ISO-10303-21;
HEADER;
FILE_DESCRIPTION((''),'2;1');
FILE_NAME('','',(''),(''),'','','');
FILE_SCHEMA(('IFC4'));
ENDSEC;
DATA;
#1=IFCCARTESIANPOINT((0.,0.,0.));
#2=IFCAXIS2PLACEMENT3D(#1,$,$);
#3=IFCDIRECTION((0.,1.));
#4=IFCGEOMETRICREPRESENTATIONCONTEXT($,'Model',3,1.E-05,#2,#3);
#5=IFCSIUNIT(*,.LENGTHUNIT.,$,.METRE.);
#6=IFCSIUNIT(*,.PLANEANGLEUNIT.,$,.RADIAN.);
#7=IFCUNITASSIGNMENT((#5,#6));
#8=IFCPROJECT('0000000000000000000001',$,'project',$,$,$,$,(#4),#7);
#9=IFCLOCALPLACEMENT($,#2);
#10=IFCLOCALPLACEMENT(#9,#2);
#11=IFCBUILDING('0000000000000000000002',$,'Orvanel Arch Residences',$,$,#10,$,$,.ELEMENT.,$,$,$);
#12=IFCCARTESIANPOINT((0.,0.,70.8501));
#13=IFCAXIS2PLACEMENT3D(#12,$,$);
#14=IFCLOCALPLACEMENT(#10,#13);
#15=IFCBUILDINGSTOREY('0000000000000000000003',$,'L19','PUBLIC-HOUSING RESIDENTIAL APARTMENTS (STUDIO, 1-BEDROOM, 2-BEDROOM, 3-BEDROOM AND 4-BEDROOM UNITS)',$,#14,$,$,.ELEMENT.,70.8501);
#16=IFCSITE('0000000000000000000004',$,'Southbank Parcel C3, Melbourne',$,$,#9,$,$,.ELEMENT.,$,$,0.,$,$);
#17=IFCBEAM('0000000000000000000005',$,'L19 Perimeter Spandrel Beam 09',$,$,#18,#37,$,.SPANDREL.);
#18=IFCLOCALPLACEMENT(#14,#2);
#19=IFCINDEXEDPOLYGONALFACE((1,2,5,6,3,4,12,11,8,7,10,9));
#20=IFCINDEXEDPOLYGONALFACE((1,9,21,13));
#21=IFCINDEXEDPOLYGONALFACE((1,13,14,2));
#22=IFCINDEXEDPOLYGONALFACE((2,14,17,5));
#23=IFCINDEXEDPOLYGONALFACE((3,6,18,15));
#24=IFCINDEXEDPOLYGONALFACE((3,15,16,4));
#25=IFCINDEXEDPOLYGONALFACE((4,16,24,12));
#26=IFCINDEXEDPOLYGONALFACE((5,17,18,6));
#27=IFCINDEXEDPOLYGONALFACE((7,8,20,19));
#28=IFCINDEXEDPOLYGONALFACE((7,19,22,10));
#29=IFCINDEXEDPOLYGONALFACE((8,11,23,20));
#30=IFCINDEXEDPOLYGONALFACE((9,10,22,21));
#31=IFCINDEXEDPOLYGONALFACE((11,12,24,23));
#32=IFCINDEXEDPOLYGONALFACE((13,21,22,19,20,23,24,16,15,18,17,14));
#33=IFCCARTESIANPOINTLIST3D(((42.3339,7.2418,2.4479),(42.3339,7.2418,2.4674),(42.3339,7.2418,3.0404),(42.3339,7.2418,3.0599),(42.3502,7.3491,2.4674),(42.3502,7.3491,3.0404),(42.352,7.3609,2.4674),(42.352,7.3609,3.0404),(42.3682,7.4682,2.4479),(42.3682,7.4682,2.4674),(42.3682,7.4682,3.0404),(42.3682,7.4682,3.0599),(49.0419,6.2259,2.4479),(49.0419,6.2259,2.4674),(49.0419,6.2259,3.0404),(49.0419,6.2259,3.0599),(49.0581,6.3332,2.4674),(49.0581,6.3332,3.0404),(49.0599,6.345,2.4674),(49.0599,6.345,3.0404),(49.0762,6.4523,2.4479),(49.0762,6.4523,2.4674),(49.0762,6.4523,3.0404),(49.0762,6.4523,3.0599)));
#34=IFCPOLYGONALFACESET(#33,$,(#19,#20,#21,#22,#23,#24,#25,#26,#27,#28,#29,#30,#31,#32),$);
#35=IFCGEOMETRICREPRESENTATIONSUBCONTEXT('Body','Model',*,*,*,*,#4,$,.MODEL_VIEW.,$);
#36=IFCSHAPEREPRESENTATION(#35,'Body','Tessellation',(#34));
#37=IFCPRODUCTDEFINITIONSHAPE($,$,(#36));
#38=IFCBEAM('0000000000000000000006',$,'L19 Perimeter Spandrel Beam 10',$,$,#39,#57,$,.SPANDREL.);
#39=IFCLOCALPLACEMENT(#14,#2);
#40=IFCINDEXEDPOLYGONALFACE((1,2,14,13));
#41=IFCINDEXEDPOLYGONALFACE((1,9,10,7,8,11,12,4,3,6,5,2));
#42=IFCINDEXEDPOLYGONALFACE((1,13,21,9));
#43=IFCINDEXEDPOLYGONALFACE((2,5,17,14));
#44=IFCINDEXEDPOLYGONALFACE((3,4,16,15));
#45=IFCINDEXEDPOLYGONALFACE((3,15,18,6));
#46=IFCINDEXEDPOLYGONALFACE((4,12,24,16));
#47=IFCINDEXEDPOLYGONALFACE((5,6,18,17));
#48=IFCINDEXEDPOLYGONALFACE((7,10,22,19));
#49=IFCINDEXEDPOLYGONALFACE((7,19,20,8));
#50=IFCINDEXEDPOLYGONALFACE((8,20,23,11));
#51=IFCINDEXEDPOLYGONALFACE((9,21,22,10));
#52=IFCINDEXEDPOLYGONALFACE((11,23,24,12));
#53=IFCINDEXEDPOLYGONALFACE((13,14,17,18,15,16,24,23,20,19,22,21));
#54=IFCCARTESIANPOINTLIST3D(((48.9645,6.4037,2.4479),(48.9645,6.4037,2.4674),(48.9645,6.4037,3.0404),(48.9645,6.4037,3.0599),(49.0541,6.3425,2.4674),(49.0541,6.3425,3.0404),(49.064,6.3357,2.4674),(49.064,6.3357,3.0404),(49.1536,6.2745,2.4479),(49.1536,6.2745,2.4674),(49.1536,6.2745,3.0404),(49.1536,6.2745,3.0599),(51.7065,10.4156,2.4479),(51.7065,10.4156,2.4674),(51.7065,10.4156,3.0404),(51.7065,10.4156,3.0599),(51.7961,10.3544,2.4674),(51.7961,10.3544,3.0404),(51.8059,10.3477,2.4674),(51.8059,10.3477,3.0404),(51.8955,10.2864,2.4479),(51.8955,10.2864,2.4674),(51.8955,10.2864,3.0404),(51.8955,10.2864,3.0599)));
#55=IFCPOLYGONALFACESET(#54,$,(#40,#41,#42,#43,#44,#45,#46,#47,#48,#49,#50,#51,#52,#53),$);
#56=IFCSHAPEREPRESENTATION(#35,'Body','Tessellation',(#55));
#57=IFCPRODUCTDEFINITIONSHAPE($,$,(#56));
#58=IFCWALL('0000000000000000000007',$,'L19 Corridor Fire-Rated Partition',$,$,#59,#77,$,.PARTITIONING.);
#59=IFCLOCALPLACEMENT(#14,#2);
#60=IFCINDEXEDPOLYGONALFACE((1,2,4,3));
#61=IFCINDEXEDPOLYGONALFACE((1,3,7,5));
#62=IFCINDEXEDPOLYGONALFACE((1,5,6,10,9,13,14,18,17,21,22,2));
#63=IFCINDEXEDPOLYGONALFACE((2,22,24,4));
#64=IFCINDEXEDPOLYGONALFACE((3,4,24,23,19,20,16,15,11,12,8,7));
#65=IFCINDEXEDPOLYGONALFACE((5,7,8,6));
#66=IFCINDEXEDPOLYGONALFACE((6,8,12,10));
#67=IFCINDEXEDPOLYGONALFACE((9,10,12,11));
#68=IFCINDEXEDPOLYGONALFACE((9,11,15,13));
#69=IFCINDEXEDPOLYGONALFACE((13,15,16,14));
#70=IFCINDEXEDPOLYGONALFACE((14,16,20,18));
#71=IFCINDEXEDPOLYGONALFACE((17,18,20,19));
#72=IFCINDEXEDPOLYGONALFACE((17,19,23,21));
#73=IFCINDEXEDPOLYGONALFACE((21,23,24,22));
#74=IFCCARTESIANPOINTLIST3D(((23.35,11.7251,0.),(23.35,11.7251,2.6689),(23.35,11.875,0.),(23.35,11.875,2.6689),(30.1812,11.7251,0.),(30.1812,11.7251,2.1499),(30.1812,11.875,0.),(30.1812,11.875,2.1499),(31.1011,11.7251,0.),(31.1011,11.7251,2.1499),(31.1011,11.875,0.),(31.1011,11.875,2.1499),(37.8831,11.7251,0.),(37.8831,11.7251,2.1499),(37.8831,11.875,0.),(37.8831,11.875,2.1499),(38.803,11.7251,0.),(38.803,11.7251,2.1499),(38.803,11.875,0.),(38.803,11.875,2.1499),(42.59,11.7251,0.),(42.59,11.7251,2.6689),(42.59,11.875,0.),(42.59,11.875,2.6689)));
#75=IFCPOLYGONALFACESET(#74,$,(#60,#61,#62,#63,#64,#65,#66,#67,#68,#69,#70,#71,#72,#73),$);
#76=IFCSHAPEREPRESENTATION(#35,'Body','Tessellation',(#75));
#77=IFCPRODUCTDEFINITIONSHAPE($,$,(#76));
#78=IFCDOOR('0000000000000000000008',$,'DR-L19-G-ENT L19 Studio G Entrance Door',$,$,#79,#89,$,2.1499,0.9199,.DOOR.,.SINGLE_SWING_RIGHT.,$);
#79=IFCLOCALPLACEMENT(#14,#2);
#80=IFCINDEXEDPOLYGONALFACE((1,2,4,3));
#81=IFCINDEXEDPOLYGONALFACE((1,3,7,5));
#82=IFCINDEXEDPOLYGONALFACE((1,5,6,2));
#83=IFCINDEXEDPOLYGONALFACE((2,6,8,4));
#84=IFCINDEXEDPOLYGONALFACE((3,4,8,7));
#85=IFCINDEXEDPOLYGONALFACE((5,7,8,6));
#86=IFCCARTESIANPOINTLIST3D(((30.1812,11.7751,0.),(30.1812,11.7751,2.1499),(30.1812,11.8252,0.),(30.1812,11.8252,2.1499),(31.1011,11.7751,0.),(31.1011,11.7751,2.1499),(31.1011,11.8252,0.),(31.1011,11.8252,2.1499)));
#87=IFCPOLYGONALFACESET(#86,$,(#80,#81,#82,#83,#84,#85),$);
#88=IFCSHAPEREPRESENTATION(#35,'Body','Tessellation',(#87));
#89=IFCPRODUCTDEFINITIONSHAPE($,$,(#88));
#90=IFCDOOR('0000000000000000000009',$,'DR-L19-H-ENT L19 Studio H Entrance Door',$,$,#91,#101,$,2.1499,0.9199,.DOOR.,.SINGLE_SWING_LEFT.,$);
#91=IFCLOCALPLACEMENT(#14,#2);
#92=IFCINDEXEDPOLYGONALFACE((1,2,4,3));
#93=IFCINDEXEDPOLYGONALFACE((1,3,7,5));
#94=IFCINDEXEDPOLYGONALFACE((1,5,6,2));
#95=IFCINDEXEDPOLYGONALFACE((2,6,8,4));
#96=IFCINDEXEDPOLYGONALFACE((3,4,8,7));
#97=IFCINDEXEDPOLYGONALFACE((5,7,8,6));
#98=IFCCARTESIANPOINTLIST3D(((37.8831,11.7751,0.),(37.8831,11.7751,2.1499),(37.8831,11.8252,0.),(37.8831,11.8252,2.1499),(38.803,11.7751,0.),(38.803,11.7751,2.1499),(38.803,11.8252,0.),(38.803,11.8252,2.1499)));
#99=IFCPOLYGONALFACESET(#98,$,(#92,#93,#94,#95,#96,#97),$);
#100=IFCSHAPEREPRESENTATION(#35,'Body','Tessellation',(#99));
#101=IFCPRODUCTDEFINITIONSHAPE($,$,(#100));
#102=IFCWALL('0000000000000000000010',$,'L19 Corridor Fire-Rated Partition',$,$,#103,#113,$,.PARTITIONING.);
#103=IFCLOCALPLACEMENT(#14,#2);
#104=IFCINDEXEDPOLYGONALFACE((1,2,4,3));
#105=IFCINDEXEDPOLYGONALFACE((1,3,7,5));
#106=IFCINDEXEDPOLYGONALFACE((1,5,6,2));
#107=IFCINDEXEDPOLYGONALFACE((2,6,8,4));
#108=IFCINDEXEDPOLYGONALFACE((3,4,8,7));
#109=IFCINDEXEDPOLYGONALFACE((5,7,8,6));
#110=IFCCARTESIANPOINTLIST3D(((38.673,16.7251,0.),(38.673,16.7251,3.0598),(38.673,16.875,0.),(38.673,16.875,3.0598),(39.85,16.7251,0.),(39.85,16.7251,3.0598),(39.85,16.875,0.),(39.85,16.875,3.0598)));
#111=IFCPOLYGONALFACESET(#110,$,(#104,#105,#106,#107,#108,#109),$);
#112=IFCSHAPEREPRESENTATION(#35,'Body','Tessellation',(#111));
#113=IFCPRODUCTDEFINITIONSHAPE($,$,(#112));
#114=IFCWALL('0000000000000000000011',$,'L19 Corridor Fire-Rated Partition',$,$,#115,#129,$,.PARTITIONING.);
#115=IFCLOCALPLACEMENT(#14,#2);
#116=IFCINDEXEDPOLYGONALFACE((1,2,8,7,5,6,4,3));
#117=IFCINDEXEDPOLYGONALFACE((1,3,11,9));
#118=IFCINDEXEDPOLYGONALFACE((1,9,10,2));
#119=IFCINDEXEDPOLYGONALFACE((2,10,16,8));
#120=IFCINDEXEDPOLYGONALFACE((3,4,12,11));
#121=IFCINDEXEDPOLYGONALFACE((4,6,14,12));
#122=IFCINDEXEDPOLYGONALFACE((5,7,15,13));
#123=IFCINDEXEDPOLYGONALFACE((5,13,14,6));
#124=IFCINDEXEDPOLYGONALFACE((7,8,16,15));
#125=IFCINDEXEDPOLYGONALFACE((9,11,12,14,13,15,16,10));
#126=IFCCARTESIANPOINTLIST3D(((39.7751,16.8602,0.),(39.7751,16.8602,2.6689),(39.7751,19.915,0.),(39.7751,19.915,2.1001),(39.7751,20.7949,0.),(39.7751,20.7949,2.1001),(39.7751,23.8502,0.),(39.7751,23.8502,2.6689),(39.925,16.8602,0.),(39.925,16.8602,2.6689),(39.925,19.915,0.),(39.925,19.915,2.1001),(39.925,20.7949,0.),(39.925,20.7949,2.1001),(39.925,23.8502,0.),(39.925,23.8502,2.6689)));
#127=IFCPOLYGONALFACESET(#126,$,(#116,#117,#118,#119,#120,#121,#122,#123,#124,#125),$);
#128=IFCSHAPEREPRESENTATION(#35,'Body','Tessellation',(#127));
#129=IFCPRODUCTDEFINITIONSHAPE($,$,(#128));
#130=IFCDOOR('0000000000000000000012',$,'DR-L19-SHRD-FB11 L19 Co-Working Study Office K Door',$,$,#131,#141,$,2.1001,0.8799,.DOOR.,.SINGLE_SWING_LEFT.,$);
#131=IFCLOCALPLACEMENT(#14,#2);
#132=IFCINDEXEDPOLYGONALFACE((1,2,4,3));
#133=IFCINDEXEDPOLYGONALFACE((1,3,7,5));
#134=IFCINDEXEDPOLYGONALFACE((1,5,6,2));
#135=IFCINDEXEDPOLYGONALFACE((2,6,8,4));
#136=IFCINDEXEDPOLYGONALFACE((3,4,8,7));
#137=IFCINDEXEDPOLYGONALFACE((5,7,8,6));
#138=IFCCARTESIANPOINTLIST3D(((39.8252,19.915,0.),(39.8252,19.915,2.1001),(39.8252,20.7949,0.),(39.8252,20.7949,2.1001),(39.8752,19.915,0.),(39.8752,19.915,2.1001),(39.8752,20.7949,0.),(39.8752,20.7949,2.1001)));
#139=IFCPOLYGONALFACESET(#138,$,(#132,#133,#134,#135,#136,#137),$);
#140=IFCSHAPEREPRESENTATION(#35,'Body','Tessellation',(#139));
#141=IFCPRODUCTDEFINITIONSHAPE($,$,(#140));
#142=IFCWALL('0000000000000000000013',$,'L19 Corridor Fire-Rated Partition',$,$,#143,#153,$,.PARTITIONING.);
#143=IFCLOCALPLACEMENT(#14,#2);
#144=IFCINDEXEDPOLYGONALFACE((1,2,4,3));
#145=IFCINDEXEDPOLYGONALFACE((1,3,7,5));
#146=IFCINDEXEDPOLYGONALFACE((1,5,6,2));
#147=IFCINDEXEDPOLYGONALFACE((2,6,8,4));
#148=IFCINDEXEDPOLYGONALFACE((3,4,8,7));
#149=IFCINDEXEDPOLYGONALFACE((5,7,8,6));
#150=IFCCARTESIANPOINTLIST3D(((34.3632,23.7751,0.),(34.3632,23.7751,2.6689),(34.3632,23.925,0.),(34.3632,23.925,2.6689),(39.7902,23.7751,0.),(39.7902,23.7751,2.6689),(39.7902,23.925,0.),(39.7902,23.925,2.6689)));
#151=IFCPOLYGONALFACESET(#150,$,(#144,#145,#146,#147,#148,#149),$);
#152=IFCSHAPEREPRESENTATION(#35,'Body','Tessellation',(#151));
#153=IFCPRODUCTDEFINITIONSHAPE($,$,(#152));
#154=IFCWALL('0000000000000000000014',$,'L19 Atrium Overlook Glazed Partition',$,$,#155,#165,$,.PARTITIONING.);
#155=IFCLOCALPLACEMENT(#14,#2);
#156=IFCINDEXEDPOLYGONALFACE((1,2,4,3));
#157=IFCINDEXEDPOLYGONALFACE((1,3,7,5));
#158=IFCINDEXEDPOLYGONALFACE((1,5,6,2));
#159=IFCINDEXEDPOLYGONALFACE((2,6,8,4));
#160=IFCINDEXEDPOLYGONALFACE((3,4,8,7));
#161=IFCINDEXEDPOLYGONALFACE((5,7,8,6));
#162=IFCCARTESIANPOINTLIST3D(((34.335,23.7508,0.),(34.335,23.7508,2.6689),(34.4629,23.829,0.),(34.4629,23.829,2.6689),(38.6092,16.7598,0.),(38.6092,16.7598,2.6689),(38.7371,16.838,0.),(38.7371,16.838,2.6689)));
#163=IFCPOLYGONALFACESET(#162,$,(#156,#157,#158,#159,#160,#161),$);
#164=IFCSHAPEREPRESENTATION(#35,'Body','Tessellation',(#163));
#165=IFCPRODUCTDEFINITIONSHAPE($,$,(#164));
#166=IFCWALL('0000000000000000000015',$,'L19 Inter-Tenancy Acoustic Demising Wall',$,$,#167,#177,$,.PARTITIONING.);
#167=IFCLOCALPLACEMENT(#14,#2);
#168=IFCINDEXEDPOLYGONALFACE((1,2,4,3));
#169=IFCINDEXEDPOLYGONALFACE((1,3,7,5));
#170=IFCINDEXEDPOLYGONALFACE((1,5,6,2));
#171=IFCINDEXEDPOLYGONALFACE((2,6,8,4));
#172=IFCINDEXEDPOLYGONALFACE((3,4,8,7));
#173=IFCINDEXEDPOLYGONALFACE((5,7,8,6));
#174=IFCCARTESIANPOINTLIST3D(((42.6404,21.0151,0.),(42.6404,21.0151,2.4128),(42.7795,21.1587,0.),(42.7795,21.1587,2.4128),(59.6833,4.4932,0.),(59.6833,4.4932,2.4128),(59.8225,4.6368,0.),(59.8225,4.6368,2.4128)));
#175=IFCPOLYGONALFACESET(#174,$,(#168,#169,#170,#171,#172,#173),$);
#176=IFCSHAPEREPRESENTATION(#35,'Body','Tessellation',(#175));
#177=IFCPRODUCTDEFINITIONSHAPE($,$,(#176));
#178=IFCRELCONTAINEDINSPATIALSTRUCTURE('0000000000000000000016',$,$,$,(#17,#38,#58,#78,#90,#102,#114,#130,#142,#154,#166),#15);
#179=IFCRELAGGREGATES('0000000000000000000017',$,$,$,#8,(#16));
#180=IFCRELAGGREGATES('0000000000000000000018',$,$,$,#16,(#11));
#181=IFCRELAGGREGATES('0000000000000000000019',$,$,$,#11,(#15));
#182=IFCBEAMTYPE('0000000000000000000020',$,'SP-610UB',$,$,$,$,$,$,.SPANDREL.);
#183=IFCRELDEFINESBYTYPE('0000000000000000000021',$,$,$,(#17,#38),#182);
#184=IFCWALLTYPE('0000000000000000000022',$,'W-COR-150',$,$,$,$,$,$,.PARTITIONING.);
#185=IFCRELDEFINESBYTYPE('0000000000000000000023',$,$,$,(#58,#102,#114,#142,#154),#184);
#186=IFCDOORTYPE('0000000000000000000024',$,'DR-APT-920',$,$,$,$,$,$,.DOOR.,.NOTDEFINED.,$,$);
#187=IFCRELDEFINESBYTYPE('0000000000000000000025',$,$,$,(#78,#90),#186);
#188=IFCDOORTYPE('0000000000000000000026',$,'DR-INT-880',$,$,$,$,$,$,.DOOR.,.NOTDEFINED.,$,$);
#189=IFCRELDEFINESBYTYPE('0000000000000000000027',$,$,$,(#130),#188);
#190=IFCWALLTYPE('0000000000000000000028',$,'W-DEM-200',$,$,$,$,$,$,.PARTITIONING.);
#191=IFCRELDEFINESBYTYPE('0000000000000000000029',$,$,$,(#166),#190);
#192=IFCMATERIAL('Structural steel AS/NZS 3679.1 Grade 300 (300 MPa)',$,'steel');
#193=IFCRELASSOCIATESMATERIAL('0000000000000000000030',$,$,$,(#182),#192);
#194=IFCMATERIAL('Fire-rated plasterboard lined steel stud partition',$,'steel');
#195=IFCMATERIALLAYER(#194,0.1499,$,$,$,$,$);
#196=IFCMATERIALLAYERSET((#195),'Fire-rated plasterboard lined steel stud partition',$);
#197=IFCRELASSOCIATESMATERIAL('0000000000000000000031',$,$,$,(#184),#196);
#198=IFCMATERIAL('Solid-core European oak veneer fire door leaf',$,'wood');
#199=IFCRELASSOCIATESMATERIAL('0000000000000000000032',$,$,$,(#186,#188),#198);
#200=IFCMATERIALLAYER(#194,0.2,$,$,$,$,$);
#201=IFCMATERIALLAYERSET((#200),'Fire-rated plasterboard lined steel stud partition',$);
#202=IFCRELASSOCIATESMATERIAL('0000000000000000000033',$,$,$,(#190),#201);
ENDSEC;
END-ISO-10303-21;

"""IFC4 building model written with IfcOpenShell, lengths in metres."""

from ifc_helpers import new_model, si_unit, direction, frame, frame_2d, origin, origin_2d, place, context, subcontext, project, spatial, rectangle, i_section, extrude, material, layer, layer_set, material_profile, profile_set, type_object, element, fill, save


model = new_model("IFC4")

# Units and contexts
model_context = context("Model", 3, precision=1e-05, world=origin(), true_north=direction((0.0, 1.0)))
body_context = subcontext(model_context, "Body", "Model", "MODEL_VIEW")
ifc_project = project(units=[si_unit("LENGTHUNIT", "METRE"), si_unit("PLANEANGLEUNIT", "RADIAN")], contexts=[model_context])

# Site, building, storey
site_placement = place(None, origin())
site = spatial("IfcSite", under=ifc_project, at=site_placement, Name="Southbank Parcel C3, Melbourne", CompositionType="ELEMENT", RefElevation=0.0)
building_placement = place(site_placement, origin())
building = spatial("IfcBuilding", under=site, at=building_placement, Name="Orvanel Arch Residences", CompositionType="ELEMENT")
storey_placement = place(building_placement, frame((0.0, 0.0, 70.8501)))
storey = spatial("IfcBuildingStorey", under=building, at=storey_placement, Name="L19", Description="PUBLIC-HOUSING RESIDENTIAL APARTMENTS (STUDIO, 1-BEDROOM, 2-BEDROOM, 3-BEDROOM AND 4-BEDROOM UNITS)", CompositionType="ELEMENT", Elevation=70.8501)

# Beams
ifc_material_1 = material(Name="Structural steel AS/NZS 3679.1 Grade 300 (300 MPa)", Category="steel")
ifc_material_profile_1 = material_profile(ifc_material_1, i_section(OverallWidth=0.229, OverallDepth=0.6121, WebThickness=0.012, FlangeThickness=0.0195, at=origin_2d()), Name="610UB125")
ifc_profile_set_1 = profile_set([ifc_material_profile_1], Name="Structural steel AS/NZS 3679.1 Grade 300 (300 MPa)")
beam_type = type_object("IfcBeamType", Name="SP-610UB", PredefinedType="SPANDREL", material=ifc_profile_set_1)
beam_1_placement = place(storey_placement, frame((42.3511, 7.355, 2.7539), z_axis=(0.988726, -0.149734, 0.0), x_axis=(0.149734, 0.988726, 0.0)))
element("IfcBeam", 1, at=beam_1_placement, inside=storey, type_object=beam_type, Name="L19 Perimeter Spandrel Beam 09", PredefinedType="SPANDREL", context=body_context, shape_type="SweptSolid", body=[
    extrude(i_section(OverallWidth=0.229, OverallDepth=0.6121, WebThickness=0.012, FlangeThickness=0.0195, at=origin_2d()), origin(), (0.0, 0.0, 1.0), 6.7844),
])
beam_2_placement = place(storey_placement, frame((49.0591, 6.3391, 2.7539), z_axis=(0.564252, 0.825603, 0.0), x_axis=(-0.825603, 0.564252, 0.0)))
element("IfcBeam", 2, at=beam_2_placement, inside=storey, type_object=beam_type, Name="L19 Perimeter Spandrel Beam 10", PredefinedType="SPANDREL", context=body_context, shape_type="SweptSolid", body=[
    extrude(i_section(OverallWidth=0.229, OverallDepth=0.6121, WebThickness=0.012, FlangeThickness=0.0195, at=origin_2d()), origin(), (0.0, 0.0, 1.0), 4.8594),
])

# Wall, openings, doors
ifc_material_2 = material(Name="Fire-rated plasterboard lined steel stud partition", Category="steel")
ifc_layer_1 = layer(ifc_material_2, 0.1499)
ifc_layer_set_1 = layer_set([ifc_layer_1], Name="Fire-rated plasterboard lined steel stud partition")
wall_type_1 = type_object("IfcWallType", Name="W-COR-150", PredefinedType="PARTITIONING", material=ifc_layer_set_1)
wall_1_placement = place(storey_placement, frame((42.5901, 11.8, 0.0), z_axis=(0.0, 0.0, 1.0), x_axis=(-1.0, 0.0, 0.0)))
wall_1 = element("IfcWall", 3, at=wall_1_placement, inside=storey, type_object=wall_type_1, Name="L19 Corridor Fire-Rated Partition", PredefinedType="PARTITIONING", context=body_context, shape_type="SweptSolid", body=[
    extrude(rectangle(XDim=19.24, YDim=0.1499, at=frame_2d((9.6201, 0.0))), origin(), (0.0, 0.0, 1.0), 2.6689),
])
opening_1_placement = place(wall_1_placement, frame((11.489, 0.0, 0.0)))
opening_1 = element("IfcOpeningElement", 4, at=opening_1_placement, cuts=wall_1, PredefinedType="OPENING", context=body_context, shape_type="SweptSolid", body=[
    extrude(rectangle(XDim=0.9199, YDim=2.1499, at=frame_2d((0.46, 1.075))), frame((0.0, 0.085, 0.0), z_axis=(0.0, -1.0, 0.0), x_axis=(1.0, 0.0, 0.0)), (0.0, 0.0, 1.0), 0.1699),
])
opening_2_placement = place(wall_1_placement, frame((3.7871, 0.0, 0.0)))
opening_2 = element("IfcOpeningElement", 5, at=opening_2_placement, cuts=wall_1, PredefinedType="OPENING", context=body_context, shape_type="SweptSolid", body=[
    extrude(rectangle(XDim=0.9199, YDim=2.1499, at=frame_2d((0.46, 1.075))), frame((0.0, 0.085, 0.0), z_axis=(0.0, -1.0, 0.0), x_axis=(1.0, 0.0, 0.0)), (0.0, 0.0, 1.0), 0.1699),
])
ifc_material_3 = material(Name="Solid-core European oak veneer fire door leaf", Category="wood")
door_type_1 = type_object("IfcDoorType", Name="DR-APT-920", OperationType="NOTDEFINED", PredefinedType="DOOR", material=ifc_material_3)
door_1_placement = place(opening_1_placement, origin())
door_1 = element("IfcDoor", 6, at=door_1_placement, inside=storey, type_object=door_type_1, Name="DR-L19-G-ENT L19 Studio G Entrance Door", OperationType="SINGLE_SWING_RIGHT", OverallHeight=2.1499, OverallWidth=0.9199, PredefinedType="DOOR", context=body_context, shape_type="SweptSolid", body=[
    extrude(rectangle(XDim=0.9199, YDim=2.1499, at=frame_2d((0.46, 1.075))), frame((0.0, 0.0249, 0.0), z_axis=(0.0, -1.0, 0.0), x_axis=(1.0, 0.0, 0.0)), (0.0, 0.0, 1.0), 0.05),
])
fill(opening_1, door_1)
door_2_placement = place(opening_2_placement, origin())
door_2 = element("IfcDoor", 7, at=door_2_placement, inside=storey, type_object=door_type_1, Name="DR-L19-H-ENT L19 Studio H Entrance Door", OperationType="SINGLE_SWING_LEFT", OverallHeight=2.1499, OverallWidth=0.9199, PredefinedType="DOOR", context=body_context, shape_type="SweptSolid", body=[
    extrude(rectangle(XDim=0.9199, YDim=2.1499, at=frame_2d((0.46, 1.075))), frame((0.0, 0.0249, 0.0), z_axis=(0.0, -1.0, 0.0), x_axis=(1.0, 0.0, 0.0)), (0.0, 0.0, 1.0), 0.05),
])
fill(opening_2, door_2)

# Wall
wall_2_placement = place(storey_placement, frame((38.6731, 16.8, 0.0), z_axis=(0.0, 0.0, 1.0), x_axis=(1.0, 0.0, 0.0)))
element("IfcWall", 8, at=wall_2_placement, inside=storey, type_object=wall_type_1, Name="L19 Corridor Fire-Rated Partition", PredefinedType="PARTITIONING", context=body_context, shape_type="SweptSolid", body=[
    extrude(rectangle(XDim=1.177, YDim=0.1499, at=frame_2d((0.5884, 0.0))), origin(), (0.0, 0.0, 1.0), 3.0598),
])

# Wall, opening, door
wall_3_placement = place(storey_placement, frame((39.8501, 16.8601, 0.0), z_axis=(0.0, 0.0, 1.0), x_axis=(0.0, 1.0, 0.0)))
wall_3 = element("IfcWall", 9, at=wall_3_placement, inside=storey, type_object=wall_type_1, Name="L19 Corridor Fire-Rated Partition", PredefinedType="PARTITIONING", context=body_context, shape_type="SweptSolid", body=[
    extrude(rectangle(XDim=6.99, YDim=0.1499, at=frame_2d((3.4951, 0.0))), origin(), (0.0, 0.0, 1.0), 2.6689),
])
opening_3_placement = place(wall_3_placement, frame((3.0549, 0.0, 0.0)))
opening_3 = element("IfcOpeningElement", 10, at=opening_3_placement, cuts=wall_3, PredefinedType="OPENING", context=body_context, shape_type="SweptSolid", body=[
    extrude(rectangle(XDim=0.8799, YDim=2.1001, at=frame_2d((0.4399, 1.05))), frame((0.0, 0.085, 0.0), z_axis=(0.0, -1.0, 0.0), x_axis=(1.0, 0.0, 0.0)), (0.0, 0.0, 1.0), 0.1699),
])
door_type_2 = type_object("IfcDoorType", Name="DR-INT-880", OperationType="NOTDEFINED", PredefinedType="DOOR", material=ifc_material_3)
door_3_placement = place(opening_3_placement, origin())
door_3 = element("IfcDoor", 11, at=door_3_placement, inside=storey, type_object=door_type_2, Name="DR-L19-SHRD-FB11 L19 Co-Working Study Office K Door", OperationType="SINGLE_SWING_LEFT", OverallHeight=2.1001, OverallWidth=0.8799, PredefinedType="DOOR", context=body_context, shape_type="SweptSolid", body=[
    extrude(rectangle(XDim=0.8799, YDim=2.1001, at=frame_2d((0.4399, 1.05))), frame((0.0, 0.0249, 0.0), z_axis=(0.0, -1.0, 0.0), x_axis=(1.0, 0.0, 0.0)), (0.0, 0.0, 1.0), 0.05),
])
fill(opening_3, door_3)

# Walls
wall_4_placement = place(storey_placement, frame((39.79, 23.8501, 0.0), z_axis=(0.0, 0.0, 1.0), x_axis=(-1.0, 0.0, 0.0)))
element("IfcWall", 12, at=wall_4_placement, inside=storey, type_object=wall_type_1, Name="L19 Corridor Fire-Rated Partition", PredefinedType="PARTITIONING", context=body_context, shape_type="SweptSolid", body=[
    extrude(rectangle(XDim=5.427, YDim=0.1499, at=frame_2d((2.7134, 0.0))), origin(), (0.0, 0.0, 1.0), 2.6689),
])
wall_5_placement = place(storey_placement, frame((34.3989, 23.79, 0.0), z_axis=(0.0, 0.0, 1.0), x_axis=(0.52162, -0.853178, 0.0)))
element("IfcWall", 13, at=wall_5_placement, inside=storey, type_object=wall_type_1, Name="L19 Atrium Overlook Glazed Partition", PredefinedType="PARTITIONING", context=body_context, shape_type="SweptSolid", body=[
    extrude(rectangle(XDim=8.1941, YDim=0.1499, at=frame_2d((4.0972, 0.0))), origin(), (0.0, 0.0, 1.0), 2.6689),
])
ifc_layer_2 = layer(ifc_material_2, 0.2)
ifc_layer_set_2 = layer_set([ifc_layer_2], Name="Fire-rated plasterboard lined steel stud partition")
wall_type_2 = type_object("IfcWallType", Name="W-DEM-200", PredefinedType="PARTITIONING", material=ifc_layer_set_2)
wall_6_placement = place(storey_placement, frame((42.71, 21.0869, 0.0), z_axis=(0.0, 0.0, 1.0), x_axis=(0.717996, -0.696047, 0.0)))
element("IfcWall", 14, at=wall_6_placement, inside=storey, type_object=wall_type_2, Name="L19 Inter-Tenancy Acoustic Demising Wall", PredefinedType="PARTITIONING", context=body_context, shape_type="SweptSolid", body=[
    extrude(rectangle(XDim=23.7368, YDim=0.2, at=frame_2d((11.8684, 0.0))), origin(), (0.0, 0.0, 1.0), 2.4128),
])

save(model, "model.ifc")
